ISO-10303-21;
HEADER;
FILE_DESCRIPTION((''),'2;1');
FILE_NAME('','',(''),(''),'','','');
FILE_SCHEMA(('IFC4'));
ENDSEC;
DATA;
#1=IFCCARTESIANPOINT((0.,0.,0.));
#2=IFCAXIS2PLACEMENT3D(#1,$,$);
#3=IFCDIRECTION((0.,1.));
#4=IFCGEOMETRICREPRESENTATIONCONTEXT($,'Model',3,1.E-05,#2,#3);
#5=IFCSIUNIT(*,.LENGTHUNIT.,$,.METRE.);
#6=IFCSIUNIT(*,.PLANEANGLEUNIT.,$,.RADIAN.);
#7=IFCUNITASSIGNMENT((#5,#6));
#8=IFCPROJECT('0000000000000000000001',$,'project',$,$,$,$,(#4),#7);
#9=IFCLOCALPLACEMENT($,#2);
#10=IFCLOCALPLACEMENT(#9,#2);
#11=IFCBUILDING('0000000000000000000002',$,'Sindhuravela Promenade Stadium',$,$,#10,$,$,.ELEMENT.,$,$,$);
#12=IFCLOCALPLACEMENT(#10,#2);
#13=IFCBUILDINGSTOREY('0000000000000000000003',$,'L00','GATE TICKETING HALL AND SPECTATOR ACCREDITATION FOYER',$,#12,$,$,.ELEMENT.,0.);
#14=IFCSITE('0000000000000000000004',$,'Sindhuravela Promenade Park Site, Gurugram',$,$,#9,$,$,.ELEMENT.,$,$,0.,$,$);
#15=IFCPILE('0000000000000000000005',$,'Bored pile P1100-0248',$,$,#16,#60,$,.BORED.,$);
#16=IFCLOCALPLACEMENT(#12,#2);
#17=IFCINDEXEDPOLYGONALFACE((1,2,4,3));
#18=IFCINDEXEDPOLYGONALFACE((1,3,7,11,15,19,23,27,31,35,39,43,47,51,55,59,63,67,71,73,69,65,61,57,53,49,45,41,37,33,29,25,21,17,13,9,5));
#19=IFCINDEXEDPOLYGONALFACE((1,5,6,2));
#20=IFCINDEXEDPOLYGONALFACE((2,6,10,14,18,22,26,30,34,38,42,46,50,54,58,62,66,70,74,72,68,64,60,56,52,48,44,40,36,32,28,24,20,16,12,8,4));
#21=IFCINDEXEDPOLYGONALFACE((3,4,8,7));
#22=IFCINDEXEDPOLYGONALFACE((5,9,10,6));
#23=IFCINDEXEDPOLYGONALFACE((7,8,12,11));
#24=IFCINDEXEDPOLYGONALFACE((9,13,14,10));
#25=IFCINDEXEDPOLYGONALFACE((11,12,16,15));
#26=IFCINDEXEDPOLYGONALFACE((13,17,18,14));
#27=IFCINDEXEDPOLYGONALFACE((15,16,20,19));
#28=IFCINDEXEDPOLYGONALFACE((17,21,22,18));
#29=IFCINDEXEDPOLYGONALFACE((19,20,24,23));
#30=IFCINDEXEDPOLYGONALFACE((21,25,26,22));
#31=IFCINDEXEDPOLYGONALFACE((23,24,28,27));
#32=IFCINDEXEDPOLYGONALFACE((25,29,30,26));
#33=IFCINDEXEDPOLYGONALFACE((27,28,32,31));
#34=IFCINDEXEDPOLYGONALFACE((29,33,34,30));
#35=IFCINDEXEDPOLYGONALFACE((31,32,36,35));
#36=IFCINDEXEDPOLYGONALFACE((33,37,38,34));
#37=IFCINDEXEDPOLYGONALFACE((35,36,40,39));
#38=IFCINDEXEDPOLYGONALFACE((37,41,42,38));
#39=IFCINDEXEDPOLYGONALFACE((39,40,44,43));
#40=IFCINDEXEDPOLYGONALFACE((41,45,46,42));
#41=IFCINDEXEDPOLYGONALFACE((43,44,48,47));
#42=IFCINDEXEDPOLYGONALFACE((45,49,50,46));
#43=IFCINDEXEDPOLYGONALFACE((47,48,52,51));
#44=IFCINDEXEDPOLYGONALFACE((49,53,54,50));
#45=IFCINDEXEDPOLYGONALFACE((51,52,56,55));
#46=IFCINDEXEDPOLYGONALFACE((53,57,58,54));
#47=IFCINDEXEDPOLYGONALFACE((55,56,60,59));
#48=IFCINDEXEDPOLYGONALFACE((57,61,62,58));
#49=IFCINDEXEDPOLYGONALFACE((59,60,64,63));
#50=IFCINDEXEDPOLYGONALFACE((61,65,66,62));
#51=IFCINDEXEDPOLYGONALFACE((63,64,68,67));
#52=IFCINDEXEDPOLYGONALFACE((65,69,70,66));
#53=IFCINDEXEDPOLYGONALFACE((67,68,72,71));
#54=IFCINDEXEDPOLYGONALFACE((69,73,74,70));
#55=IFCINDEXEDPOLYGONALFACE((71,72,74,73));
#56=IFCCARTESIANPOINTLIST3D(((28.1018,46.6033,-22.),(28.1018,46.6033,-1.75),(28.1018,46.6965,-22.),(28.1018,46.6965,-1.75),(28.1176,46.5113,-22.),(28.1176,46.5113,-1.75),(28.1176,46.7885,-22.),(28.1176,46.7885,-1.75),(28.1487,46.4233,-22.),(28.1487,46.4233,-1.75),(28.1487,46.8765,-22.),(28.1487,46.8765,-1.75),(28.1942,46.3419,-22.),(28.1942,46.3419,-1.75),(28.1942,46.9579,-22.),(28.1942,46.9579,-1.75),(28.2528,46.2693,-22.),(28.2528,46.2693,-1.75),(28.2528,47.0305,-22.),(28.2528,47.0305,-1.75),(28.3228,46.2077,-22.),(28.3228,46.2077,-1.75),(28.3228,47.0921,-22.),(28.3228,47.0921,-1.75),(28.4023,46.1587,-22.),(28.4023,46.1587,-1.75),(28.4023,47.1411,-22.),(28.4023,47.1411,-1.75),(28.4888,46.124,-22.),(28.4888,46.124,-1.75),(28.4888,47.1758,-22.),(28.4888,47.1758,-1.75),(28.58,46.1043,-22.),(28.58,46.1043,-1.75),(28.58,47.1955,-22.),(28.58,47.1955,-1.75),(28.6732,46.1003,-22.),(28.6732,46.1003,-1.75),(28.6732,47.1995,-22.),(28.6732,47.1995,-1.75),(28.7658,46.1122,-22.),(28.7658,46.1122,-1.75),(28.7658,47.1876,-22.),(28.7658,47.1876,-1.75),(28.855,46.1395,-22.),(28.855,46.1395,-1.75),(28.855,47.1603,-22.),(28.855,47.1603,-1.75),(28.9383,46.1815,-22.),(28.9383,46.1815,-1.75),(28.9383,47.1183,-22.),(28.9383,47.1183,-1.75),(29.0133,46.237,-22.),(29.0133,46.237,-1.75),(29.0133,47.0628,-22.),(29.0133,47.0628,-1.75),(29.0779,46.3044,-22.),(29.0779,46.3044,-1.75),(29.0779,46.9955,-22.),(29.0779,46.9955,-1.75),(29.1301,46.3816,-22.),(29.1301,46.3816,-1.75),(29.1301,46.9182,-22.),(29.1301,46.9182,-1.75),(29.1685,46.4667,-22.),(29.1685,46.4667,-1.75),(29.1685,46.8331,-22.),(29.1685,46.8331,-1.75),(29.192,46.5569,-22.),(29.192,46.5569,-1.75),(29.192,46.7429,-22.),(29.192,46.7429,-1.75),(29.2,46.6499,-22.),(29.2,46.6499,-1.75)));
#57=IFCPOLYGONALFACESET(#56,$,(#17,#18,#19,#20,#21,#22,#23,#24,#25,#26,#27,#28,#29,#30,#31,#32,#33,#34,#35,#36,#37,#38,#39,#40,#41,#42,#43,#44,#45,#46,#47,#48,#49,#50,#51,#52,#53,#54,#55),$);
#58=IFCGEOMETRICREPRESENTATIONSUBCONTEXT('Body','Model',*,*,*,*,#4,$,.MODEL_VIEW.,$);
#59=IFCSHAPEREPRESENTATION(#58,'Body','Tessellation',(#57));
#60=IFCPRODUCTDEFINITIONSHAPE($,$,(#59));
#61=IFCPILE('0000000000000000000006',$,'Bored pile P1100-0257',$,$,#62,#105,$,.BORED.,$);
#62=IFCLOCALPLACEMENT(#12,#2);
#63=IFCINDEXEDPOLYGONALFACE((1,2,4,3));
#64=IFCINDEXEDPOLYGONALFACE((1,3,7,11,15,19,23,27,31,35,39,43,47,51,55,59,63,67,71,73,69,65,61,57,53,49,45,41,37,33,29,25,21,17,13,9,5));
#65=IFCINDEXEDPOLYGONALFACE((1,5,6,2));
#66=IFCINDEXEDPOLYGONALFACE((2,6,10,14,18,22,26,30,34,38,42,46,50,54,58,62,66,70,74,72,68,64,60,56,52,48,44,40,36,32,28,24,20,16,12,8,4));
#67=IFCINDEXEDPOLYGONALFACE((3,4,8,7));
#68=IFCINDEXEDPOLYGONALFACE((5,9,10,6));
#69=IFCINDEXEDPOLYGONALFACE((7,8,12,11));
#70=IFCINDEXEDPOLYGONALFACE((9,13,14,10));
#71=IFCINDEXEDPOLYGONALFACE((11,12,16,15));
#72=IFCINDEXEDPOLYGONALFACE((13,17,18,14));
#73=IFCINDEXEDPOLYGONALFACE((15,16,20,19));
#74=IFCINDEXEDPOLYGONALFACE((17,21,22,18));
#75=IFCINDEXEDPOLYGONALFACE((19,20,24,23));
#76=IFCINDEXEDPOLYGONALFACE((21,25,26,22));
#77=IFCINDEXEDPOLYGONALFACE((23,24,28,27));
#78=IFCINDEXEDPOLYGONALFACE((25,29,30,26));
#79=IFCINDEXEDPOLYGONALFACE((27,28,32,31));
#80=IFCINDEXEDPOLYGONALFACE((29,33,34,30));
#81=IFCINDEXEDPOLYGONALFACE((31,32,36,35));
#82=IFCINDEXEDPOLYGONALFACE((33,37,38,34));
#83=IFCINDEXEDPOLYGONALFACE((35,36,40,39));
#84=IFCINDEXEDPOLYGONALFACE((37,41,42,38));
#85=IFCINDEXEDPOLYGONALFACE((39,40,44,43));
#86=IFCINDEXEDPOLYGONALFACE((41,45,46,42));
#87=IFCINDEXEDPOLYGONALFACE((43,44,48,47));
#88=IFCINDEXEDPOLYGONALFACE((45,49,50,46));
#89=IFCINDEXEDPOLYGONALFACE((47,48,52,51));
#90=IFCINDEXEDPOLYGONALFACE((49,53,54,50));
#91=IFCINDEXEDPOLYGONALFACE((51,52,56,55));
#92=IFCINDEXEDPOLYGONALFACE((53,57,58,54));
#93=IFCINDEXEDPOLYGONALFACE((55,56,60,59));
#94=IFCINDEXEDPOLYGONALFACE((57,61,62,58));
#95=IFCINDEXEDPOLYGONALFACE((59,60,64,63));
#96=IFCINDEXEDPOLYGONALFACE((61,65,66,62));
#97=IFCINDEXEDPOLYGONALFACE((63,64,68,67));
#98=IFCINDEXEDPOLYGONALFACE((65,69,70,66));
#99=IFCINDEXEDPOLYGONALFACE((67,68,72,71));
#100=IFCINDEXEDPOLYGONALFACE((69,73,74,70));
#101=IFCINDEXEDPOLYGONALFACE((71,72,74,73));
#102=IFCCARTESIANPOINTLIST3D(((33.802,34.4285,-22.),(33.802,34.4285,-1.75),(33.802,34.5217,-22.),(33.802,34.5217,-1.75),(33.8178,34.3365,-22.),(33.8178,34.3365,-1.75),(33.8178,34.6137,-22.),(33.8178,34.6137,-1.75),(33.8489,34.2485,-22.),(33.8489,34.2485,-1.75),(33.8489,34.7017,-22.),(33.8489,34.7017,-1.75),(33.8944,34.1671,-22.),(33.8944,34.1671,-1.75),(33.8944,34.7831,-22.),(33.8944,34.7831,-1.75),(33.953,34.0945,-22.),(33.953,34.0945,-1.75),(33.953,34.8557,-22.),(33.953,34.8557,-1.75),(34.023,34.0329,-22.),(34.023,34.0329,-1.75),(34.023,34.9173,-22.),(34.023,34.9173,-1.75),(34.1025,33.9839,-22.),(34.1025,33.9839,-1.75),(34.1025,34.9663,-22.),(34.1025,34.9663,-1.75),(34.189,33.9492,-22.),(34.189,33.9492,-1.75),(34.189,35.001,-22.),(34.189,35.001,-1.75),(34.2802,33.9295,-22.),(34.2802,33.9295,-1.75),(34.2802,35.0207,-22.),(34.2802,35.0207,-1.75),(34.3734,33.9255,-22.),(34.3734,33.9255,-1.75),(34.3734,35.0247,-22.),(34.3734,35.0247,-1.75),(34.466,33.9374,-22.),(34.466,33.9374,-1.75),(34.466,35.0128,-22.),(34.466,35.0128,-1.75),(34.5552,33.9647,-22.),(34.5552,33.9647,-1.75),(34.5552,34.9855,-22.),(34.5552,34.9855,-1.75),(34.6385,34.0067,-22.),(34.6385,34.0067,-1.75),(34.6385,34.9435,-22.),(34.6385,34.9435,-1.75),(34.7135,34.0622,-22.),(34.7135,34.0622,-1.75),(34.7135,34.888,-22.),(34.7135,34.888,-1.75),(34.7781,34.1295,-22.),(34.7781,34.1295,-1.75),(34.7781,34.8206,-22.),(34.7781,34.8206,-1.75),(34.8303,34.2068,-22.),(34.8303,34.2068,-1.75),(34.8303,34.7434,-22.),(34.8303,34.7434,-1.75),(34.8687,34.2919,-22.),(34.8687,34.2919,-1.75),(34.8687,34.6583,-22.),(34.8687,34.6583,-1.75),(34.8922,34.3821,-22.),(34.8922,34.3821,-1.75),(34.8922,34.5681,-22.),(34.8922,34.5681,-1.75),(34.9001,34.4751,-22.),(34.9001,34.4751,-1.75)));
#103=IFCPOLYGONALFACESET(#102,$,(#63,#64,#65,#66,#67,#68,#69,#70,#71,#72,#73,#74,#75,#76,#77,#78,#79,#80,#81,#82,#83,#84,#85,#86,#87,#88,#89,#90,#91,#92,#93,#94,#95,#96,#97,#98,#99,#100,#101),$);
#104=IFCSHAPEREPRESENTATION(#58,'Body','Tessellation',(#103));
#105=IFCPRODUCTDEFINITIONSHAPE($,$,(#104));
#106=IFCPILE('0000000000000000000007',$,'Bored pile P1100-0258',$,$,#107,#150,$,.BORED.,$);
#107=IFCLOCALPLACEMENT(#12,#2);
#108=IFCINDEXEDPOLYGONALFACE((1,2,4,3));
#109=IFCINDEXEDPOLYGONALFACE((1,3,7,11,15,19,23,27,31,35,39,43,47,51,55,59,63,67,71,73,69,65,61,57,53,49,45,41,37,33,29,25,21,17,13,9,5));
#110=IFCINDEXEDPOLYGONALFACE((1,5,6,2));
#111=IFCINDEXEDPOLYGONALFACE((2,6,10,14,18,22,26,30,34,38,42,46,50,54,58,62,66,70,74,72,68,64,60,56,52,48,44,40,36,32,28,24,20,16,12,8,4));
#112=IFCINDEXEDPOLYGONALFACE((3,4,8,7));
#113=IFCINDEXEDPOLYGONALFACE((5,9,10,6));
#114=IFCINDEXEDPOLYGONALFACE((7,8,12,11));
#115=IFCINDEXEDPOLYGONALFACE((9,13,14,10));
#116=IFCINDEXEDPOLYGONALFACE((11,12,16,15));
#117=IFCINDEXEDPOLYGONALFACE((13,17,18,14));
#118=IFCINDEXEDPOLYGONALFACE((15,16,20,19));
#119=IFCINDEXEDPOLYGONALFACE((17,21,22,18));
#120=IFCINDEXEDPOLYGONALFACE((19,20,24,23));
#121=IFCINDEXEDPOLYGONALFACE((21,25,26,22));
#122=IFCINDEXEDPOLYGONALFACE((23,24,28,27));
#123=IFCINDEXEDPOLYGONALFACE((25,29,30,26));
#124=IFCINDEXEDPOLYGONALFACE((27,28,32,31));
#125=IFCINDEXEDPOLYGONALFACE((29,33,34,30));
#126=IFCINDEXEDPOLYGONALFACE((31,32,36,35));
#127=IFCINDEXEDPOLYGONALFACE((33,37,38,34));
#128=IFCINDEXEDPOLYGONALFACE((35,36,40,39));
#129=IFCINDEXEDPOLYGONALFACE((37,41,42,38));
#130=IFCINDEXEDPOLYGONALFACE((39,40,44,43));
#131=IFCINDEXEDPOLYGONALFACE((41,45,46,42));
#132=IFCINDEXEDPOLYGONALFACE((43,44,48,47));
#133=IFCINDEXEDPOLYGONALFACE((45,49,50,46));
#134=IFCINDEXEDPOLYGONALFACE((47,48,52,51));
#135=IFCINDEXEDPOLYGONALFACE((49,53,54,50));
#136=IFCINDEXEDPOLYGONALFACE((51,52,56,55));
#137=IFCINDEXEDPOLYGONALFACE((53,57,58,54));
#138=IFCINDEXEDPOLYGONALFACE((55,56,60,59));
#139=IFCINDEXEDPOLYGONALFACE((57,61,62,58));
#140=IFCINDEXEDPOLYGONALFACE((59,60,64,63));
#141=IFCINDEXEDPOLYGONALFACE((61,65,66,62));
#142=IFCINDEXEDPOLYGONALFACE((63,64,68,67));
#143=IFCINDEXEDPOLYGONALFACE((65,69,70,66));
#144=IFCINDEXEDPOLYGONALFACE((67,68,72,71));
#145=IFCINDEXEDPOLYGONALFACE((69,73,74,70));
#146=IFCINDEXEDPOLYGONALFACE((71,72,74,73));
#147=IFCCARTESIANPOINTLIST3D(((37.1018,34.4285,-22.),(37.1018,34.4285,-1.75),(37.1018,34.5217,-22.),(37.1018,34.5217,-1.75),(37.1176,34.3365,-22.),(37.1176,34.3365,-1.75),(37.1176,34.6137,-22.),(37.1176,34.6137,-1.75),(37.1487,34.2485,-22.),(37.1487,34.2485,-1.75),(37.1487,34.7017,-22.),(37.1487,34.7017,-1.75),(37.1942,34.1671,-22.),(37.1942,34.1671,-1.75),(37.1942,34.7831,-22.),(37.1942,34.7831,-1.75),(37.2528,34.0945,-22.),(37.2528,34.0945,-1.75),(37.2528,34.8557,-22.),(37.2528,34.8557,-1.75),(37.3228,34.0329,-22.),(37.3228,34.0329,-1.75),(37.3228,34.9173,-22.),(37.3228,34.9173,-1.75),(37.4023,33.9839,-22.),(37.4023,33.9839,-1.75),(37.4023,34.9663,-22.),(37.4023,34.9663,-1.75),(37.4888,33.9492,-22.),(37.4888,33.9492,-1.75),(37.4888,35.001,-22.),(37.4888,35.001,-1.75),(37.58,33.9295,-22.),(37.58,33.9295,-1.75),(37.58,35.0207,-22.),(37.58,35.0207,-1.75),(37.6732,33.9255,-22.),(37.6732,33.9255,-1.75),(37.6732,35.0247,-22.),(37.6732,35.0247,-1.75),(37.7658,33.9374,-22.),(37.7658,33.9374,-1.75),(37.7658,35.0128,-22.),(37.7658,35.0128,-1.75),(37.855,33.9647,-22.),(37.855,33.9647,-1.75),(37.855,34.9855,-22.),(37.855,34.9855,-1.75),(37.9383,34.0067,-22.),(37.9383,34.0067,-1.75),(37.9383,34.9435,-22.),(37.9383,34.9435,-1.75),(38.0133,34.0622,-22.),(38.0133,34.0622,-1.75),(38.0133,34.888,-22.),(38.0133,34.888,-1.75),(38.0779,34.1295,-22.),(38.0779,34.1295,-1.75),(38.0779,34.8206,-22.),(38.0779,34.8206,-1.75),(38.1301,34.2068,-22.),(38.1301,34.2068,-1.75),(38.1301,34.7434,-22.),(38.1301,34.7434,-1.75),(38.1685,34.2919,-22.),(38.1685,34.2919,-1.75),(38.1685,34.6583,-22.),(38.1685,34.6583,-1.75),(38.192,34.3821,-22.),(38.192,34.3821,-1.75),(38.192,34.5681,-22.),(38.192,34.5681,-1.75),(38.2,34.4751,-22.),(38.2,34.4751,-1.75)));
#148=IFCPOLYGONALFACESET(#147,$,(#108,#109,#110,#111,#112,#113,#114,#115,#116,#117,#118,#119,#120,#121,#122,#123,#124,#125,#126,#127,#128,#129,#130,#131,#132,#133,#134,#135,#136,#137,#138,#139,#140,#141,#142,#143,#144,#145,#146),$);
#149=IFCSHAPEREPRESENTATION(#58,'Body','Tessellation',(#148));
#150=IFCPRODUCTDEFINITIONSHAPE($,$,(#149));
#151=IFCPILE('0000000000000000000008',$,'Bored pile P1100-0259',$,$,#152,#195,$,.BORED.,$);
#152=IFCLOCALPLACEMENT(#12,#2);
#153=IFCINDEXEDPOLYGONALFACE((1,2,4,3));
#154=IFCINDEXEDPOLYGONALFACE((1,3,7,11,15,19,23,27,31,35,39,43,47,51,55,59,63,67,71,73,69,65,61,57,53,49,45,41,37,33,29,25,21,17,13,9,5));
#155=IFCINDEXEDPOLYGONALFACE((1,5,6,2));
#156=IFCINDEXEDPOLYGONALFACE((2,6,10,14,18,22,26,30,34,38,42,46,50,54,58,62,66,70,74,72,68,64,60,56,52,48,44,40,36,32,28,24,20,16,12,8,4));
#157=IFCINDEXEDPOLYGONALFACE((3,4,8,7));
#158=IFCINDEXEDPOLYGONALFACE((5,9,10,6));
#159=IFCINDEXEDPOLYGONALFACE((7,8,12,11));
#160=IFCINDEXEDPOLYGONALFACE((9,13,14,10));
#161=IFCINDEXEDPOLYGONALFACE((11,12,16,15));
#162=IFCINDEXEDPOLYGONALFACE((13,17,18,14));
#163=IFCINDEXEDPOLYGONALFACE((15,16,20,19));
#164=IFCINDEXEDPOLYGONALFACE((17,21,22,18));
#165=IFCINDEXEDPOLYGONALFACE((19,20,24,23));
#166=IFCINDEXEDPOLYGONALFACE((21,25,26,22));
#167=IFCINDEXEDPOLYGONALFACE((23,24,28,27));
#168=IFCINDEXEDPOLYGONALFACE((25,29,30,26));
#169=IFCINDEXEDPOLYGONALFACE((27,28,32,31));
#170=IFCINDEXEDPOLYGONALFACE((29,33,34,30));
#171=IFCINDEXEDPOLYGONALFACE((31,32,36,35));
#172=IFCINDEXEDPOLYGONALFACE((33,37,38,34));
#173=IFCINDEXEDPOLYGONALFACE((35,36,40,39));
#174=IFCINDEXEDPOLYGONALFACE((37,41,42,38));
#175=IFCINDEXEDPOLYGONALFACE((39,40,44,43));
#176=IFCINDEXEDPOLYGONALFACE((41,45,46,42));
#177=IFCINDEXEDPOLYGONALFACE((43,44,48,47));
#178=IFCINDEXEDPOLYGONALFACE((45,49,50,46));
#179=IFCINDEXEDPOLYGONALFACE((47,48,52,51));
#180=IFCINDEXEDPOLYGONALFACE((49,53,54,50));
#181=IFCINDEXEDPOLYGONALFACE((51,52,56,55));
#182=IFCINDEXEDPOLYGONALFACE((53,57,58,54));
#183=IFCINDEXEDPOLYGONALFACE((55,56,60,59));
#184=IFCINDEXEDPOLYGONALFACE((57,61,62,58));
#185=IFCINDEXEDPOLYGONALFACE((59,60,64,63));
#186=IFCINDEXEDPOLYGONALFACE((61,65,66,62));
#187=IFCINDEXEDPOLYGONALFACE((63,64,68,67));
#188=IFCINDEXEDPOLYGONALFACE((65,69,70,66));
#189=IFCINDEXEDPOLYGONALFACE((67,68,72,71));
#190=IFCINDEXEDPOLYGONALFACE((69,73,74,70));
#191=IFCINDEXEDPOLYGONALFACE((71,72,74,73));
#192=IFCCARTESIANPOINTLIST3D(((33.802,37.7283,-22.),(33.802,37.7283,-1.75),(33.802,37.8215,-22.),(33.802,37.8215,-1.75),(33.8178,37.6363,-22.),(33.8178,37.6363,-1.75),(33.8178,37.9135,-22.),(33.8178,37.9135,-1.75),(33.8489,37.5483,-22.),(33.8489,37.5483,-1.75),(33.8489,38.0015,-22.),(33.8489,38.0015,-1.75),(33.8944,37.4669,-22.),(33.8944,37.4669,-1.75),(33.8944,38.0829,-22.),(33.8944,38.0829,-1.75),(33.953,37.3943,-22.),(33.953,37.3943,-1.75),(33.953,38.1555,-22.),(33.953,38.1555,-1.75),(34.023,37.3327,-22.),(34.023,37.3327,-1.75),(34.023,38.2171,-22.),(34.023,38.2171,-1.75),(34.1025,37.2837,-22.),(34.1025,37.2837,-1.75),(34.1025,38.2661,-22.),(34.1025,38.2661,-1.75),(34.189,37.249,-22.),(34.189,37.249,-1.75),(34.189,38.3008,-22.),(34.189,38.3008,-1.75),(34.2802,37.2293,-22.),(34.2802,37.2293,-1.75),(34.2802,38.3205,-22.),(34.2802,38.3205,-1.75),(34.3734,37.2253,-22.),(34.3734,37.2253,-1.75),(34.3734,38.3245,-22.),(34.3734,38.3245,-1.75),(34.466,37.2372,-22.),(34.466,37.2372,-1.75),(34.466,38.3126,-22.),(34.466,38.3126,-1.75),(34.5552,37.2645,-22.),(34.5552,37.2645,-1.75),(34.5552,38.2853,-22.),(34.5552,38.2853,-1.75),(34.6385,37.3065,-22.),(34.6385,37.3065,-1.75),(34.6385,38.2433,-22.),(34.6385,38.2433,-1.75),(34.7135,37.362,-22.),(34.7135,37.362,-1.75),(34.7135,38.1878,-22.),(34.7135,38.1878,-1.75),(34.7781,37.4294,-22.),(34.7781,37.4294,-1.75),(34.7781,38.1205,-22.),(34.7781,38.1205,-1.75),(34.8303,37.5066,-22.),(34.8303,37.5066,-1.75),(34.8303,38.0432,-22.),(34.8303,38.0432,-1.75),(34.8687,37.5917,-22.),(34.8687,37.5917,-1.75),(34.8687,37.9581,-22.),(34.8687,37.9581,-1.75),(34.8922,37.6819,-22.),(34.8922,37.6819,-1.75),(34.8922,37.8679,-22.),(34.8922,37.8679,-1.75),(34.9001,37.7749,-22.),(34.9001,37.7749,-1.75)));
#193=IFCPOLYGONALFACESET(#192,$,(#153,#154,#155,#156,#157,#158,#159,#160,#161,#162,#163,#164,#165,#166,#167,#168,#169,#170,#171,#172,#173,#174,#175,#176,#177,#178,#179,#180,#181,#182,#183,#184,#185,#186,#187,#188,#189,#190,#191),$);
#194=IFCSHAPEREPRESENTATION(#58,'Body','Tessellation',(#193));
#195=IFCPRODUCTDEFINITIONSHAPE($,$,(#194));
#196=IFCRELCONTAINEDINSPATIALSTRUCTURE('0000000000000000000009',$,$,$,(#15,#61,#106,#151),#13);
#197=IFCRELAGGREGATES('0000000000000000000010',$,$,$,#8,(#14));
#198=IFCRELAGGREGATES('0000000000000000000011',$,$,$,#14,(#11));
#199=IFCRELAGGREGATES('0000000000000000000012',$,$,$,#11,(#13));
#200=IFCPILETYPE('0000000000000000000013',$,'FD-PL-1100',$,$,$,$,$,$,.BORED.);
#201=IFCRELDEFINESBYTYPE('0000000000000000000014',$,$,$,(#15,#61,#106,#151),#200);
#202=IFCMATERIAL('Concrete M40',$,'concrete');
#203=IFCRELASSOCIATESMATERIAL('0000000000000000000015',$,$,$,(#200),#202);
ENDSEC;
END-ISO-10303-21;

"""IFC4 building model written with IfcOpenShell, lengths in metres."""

from ifc_helpers import new_model, si_unit, direction, frame, origin, origin_2d, place, context, subcontext, project, spatial, circle, extrude, material, material_profile, profile_set, type_object, element, save


model = new_model("IFC4")

# Units and contexts
model_context = context("Model", 3, precision=1e-05, world=origin(), true_north=direction((0.0, 1.0)))
body_context = subcontext(model_context, "Body", "Model", "MODEL_VIEW")
ifc_project = project(units=[si_unit("LENGTHUNIT", "METRE"), si_unit("PLANEANGLEUNIT", "RADIAN")], contexts=[model_context])

# Site, building, storey
site_placement = place(None, origin())
site = spatial("IfcSite", under=ifc_project, at=site_placement, Name="Sindhuravela Promenade Park Site, Gurugram", CompositionType="ELEMENT", RefElevation=0.0)
building_placement = place(site_placement, origin())
building = spatial("IfcBuilding", under=site, at=building_placement, Name="Sindhuravela Promenade Stadium", CompositionType="ELEMENT")
storey_placement = place(building_placement, origin())
storey = spatial("IfcBuildingStorey", under=building, at=storey_placement, Name="L00", Description="GATE TICKETING HALL AND SPECTATOR ACCREDITATION FOYER", CompositionType="ELEMENT", Elevation=0.0)

# Piles
ifc_material_1 = material(Name="Concrete M40", Category="concrete")
ifc_material_profile_1 = material_profile(ifc_material_1, circle(Radius=0.55, at=origin_2d()), Name="BORED PILE D1100")
ifc_profile_set_1 = profile_set([ifc_material_profile_1], Name="Concrete M40")
pile_type = type_object("IfcPileType", Name="FD-PL-1100", PredefinedType="BORED", material=ifc_profile_set_1)
for number, where, z_axis, x_axis, name in (
    (1, (28.6499, 46.6499, -1.75), (0.0, 0.0, -1.0), (1.0, 0.0, 0.0), "Bored pile P1100-0248"),
    (2, (34.3501, 34.4751, -1.75), (0.0, 0.0, -1.0), (1.0, 0.0, 0.0), "Bored pile P1100-0257"),
    (3, (37.6499, 34.4751, -1.75), (0.0, 0.0, -1.0), (1.0, 0.0, 0.0), "Bored pile P1100-0258"),
    (4, (34.3501, 37.7749, -1.75), (0.0, 0.0, -1.0), (1.0, 0.0, 0.0), "Bored pile P1100-0259"),
):
    element("IfcPile", number, at=place(storey_placement, frame(where, z_axis=z_axis, x_axis=x_axis)), inside=storey, type_object=pile_type, Name=name, PredefinedType="BORED", context=body_context, shape_type="SweptSolid", body=[
        extrude(circle(Radius=0.55, at=origin_2d()), origin(), (0.0, 0.0, 1.0), 20.25),
    ])

save(model, "model.ifc")
